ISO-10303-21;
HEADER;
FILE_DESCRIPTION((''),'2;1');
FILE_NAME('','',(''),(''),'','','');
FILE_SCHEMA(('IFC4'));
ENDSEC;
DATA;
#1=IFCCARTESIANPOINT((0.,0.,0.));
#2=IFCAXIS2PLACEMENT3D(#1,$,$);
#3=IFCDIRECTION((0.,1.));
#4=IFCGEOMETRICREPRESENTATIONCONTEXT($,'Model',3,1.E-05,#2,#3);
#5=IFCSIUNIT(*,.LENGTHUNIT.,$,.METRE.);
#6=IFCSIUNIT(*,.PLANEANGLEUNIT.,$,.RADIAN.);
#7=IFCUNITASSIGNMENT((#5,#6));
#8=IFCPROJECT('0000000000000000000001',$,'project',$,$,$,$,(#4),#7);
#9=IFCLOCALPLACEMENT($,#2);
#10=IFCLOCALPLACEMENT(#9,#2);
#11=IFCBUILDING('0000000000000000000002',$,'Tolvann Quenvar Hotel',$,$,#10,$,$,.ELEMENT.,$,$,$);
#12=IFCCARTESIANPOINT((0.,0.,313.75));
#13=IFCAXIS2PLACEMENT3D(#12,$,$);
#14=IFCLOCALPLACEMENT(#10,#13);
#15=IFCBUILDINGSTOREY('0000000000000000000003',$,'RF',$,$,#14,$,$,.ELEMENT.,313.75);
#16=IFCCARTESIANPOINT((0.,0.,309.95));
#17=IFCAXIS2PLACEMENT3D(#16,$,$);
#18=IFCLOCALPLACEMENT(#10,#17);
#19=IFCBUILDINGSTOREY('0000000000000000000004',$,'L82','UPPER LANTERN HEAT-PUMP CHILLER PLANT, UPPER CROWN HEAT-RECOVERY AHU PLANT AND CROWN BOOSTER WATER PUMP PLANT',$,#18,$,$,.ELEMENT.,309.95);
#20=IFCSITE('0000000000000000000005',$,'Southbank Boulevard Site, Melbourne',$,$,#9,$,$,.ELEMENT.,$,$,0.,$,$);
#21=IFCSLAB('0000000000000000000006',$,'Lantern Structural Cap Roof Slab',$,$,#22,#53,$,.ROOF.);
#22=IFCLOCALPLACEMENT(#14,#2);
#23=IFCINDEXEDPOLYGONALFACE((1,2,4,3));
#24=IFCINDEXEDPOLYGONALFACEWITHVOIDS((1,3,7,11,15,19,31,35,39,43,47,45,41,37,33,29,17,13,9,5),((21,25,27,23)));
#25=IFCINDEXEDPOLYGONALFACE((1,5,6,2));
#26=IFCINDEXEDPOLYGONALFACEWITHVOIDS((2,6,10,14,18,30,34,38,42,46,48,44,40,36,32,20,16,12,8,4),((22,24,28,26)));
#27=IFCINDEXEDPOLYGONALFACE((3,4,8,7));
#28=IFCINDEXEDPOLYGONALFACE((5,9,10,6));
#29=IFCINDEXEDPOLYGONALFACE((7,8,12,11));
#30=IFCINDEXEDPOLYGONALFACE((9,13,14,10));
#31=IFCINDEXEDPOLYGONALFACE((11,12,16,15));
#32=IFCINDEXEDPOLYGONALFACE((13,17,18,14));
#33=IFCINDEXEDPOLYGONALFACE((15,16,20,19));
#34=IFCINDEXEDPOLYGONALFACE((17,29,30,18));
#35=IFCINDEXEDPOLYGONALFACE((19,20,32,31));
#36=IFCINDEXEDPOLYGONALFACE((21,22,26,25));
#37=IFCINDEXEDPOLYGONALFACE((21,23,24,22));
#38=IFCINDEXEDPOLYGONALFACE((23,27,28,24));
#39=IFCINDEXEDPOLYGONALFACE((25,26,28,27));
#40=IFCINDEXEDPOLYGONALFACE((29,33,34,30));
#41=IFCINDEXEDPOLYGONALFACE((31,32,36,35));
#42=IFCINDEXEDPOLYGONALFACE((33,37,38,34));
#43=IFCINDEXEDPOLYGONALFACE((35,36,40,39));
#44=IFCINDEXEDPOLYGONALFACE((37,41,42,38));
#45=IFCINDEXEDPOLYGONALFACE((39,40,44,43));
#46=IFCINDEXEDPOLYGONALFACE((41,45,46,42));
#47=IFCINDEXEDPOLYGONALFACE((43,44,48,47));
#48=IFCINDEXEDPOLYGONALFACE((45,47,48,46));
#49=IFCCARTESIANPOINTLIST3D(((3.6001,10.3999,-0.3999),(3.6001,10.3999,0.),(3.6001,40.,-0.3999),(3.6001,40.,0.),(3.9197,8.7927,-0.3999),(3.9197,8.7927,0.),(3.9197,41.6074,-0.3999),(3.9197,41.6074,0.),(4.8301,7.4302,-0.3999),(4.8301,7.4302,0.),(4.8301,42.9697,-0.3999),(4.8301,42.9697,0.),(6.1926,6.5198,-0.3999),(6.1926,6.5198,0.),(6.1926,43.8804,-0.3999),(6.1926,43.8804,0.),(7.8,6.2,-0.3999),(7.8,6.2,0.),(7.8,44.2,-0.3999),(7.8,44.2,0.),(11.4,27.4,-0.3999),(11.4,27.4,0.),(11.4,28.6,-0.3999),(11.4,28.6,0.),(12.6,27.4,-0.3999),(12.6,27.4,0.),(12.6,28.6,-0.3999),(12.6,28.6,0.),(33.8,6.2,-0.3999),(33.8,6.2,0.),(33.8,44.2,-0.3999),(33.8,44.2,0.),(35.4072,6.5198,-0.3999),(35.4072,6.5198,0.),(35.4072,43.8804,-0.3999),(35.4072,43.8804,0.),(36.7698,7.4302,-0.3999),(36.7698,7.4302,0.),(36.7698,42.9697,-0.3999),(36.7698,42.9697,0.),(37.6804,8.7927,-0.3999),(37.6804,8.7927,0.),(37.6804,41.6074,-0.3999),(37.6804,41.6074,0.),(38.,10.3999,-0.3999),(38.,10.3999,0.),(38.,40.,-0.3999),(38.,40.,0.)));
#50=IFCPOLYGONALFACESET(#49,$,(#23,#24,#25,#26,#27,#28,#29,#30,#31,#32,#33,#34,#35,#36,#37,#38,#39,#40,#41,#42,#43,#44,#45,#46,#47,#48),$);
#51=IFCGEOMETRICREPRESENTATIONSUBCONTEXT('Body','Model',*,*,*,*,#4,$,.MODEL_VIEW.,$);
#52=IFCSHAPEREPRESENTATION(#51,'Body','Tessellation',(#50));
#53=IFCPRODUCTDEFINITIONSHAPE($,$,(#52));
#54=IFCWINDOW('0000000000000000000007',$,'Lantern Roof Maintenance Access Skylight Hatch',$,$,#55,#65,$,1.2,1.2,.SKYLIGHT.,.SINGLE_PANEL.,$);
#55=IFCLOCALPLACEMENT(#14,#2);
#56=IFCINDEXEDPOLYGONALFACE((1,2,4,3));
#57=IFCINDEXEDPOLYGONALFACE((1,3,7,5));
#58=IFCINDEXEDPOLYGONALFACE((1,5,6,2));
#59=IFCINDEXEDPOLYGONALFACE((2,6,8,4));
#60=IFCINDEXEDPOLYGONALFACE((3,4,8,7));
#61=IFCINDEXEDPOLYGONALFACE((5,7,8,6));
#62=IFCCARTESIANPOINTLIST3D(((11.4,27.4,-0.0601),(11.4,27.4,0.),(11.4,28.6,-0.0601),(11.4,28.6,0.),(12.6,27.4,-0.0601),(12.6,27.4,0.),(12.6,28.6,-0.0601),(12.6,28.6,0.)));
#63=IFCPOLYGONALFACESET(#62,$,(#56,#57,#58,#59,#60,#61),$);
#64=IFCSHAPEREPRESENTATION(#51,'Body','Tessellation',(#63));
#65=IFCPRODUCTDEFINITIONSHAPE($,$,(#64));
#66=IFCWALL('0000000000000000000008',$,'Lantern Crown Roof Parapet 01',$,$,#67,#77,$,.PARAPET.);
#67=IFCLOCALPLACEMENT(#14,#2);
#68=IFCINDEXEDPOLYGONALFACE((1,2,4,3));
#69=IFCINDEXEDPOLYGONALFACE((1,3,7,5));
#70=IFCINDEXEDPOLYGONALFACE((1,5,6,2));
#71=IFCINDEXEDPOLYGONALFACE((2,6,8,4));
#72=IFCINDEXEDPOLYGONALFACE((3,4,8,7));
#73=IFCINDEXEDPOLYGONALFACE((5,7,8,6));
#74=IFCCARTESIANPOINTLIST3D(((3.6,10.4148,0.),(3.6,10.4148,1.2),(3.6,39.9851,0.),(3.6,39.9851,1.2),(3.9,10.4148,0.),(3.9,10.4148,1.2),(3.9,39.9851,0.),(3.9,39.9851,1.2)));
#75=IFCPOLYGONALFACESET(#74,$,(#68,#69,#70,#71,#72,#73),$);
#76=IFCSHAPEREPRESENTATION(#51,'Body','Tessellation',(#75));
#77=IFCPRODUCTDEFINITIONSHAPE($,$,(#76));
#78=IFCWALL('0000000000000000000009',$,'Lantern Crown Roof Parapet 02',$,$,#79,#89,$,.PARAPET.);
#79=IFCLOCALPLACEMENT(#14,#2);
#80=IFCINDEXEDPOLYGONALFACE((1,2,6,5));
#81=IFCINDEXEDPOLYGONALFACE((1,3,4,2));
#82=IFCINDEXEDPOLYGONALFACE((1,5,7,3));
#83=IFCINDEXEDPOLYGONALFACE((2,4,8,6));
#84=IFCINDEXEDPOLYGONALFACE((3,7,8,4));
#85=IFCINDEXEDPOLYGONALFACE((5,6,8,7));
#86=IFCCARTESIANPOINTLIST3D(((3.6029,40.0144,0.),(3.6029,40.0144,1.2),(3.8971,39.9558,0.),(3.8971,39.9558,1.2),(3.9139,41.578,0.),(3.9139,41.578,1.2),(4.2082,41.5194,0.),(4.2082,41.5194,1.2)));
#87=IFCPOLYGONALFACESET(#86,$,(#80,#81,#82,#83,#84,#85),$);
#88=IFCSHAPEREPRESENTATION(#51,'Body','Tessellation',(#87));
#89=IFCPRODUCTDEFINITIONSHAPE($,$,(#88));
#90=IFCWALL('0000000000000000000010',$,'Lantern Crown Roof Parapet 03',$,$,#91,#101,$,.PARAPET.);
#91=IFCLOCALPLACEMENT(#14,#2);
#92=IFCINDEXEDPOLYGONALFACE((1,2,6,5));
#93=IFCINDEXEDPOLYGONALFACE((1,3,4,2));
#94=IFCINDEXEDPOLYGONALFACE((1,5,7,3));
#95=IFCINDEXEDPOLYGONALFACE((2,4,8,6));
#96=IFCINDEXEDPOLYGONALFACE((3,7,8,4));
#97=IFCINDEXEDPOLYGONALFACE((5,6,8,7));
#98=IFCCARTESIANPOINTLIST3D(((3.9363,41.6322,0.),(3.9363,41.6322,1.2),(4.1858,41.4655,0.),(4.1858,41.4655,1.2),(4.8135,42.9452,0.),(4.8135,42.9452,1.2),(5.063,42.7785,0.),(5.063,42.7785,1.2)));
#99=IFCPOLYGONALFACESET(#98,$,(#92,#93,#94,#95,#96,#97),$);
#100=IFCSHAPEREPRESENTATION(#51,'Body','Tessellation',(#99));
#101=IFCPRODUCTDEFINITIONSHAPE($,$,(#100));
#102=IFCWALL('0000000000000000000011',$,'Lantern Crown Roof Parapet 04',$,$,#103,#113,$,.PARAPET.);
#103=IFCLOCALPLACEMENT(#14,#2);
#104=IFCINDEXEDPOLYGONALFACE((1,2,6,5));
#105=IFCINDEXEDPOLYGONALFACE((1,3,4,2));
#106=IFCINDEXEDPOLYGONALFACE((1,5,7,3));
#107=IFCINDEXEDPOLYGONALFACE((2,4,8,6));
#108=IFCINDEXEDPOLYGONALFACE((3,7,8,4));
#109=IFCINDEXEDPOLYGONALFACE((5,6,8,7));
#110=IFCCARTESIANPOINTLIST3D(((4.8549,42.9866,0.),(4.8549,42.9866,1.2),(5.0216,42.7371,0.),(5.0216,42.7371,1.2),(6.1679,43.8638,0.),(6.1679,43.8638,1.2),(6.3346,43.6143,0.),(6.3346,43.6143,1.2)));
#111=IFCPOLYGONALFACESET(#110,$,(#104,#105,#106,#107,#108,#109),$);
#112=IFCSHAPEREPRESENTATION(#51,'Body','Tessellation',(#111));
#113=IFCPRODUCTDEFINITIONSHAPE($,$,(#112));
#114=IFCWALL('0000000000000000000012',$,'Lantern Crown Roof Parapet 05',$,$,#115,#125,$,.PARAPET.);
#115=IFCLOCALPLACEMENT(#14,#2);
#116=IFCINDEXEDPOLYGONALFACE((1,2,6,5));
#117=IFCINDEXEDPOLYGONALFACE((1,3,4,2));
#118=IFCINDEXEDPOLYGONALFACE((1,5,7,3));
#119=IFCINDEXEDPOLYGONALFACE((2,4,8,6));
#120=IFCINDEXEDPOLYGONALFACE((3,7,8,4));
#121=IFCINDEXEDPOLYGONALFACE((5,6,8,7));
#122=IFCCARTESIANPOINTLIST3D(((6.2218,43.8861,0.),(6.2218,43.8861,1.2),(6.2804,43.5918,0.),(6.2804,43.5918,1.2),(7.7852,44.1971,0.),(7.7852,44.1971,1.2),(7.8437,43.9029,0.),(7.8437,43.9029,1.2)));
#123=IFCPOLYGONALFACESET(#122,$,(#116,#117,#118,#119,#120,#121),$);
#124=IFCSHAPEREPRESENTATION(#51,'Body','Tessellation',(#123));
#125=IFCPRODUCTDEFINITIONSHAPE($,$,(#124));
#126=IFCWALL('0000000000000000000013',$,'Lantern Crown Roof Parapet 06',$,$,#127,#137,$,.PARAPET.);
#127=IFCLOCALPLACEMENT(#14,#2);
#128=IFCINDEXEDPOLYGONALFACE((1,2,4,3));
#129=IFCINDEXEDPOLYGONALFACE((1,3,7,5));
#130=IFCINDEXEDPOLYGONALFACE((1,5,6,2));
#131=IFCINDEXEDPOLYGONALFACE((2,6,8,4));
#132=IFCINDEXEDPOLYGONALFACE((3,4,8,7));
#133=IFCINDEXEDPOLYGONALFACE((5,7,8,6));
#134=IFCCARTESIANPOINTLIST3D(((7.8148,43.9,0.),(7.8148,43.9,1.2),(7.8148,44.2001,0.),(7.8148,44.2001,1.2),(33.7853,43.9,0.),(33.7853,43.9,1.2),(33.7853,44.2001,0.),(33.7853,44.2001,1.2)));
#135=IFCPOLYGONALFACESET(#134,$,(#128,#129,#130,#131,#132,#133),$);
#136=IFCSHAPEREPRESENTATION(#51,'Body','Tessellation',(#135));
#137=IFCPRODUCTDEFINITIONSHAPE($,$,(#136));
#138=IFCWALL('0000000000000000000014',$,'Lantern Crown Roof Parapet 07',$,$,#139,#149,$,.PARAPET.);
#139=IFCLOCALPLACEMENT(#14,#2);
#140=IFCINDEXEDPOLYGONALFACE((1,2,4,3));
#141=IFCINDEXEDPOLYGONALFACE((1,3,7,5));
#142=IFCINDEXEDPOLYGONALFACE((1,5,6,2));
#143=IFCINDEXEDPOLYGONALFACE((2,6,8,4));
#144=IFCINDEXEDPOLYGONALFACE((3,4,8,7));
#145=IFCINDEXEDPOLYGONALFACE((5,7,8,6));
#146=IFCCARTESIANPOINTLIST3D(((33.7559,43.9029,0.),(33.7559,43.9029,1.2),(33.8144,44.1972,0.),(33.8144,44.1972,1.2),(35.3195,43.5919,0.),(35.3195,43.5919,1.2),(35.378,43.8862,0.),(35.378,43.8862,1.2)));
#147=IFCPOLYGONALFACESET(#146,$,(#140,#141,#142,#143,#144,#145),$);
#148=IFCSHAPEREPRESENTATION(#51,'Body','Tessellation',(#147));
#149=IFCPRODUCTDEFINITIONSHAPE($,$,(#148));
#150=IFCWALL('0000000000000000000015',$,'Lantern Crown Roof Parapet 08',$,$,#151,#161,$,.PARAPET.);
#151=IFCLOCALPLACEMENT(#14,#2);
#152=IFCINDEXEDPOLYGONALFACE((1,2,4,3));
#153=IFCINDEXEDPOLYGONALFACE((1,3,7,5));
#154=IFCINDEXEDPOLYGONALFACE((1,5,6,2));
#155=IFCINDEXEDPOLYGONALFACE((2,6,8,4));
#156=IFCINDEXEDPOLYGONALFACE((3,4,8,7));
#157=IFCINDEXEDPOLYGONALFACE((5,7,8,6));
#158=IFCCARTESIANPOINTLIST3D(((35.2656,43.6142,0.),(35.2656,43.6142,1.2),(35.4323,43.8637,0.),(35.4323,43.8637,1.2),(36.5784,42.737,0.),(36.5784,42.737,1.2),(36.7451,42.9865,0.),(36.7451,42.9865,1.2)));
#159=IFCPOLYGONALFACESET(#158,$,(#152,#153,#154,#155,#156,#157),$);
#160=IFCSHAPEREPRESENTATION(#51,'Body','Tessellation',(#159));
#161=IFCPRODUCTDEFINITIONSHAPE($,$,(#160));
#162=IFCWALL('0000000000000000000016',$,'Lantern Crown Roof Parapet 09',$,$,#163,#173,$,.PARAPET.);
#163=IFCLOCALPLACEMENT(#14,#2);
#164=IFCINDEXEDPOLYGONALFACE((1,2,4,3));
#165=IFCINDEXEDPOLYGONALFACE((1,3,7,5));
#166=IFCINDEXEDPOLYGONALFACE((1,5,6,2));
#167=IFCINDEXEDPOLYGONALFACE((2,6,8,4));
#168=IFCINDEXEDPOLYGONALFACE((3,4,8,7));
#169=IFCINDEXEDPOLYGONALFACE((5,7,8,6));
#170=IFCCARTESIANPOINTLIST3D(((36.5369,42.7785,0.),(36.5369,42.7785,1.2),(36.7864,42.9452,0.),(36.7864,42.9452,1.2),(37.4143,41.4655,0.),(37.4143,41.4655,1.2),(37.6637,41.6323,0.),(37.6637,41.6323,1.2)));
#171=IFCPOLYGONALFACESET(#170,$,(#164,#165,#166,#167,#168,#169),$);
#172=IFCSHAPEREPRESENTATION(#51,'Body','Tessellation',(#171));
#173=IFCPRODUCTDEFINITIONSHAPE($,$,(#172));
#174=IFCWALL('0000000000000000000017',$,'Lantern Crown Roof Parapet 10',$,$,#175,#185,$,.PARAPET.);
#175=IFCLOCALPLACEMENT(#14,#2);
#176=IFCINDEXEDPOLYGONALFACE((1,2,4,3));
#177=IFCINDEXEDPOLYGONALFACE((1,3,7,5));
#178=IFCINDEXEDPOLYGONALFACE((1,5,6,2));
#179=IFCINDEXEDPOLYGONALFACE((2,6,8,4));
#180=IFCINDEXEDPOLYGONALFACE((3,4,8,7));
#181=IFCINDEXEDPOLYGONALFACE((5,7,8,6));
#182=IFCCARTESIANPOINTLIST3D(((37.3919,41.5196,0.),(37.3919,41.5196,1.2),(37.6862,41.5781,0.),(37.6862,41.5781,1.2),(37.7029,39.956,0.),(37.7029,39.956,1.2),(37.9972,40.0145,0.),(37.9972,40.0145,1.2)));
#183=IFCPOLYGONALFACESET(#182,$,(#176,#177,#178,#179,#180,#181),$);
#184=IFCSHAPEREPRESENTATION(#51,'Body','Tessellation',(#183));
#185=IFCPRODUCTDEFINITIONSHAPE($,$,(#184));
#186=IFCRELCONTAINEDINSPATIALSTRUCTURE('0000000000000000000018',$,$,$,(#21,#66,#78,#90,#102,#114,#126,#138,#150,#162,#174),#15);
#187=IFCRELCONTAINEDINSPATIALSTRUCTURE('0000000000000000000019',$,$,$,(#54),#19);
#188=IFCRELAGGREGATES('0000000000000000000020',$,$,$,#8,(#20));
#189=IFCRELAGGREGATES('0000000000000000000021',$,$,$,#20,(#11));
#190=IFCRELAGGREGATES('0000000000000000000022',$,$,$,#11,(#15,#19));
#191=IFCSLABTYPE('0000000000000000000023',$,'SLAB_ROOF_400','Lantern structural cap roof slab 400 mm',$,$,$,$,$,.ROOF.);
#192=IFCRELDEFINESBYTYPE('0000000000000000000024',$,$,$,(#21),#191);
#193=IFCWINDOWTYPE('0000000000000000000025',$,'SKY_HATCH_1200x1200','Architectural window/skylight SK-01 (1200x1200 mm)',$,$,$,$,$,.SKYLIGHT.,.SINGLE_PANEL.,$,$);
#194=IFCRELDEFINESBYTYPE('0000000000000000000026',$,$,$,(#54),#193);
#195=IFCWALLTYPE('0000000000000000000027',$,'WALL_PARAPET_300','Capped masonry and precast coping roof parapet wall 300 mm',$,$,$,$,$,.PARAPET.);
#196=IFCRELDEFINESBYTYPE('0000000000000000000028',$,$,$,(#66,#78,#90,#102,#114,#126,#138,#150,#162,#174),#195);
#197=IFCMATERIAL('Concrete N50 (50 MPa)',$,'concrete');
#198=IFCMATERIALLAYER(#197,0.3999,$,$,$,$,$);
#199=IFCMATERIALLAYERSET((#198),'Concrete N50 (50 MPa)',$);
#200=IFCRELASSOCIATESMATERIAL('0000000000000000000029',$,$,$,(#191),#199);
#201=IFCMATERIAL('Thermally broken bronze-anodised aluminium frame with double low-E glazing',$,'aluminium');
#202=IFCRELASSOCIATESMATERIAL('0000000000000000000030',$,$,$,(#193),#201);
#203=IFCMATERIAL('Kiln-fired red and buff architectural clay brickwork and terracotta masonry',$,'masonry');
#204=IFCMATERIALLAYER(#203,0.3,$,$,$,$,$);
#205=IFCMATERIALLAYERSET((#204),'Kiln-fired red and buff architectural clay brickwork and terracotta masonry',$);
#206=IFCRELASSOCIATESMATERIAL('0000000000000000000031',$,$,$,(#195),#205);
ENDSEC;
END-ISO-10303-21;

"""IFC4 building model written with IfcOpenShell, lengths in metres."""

from ifc_helpers import new_model, si_unit, direction, frame, frame_2d, origin, origin_2d, place, context, subcontext, project, spatial, polyline, rectangle, outline, extrude, material, layer, layer_set, type_object, element, fill, save


model = new_model("IFC4")

# Units and contexts
model_context = context("Model", 3, precision=1e-05, world=origin(), true_north=direction((0.0, 1.0)))
body_context = subcontext(model_context, "Body", "Model", "MODEL_VIEW")
ifc_project = project(units=[si_unit("LENGTHUNIT", "METRE"), si_unit("PLANEANGLEUNIT", "RADIAN")], contexts=[model_context])

# Site, building, storey
site_placement = place(None, origin())
site = spatial("IfcSite", under=ifc_project, at=site_placement, Name="Southbank Boulevard Site, Melbourne", CompositionType="ELEMENT", RefElevation=0.0)
building_placement = place(site_placement, origin())
building = spatial("IfcBuilding", under=site, at=building_placement, Name="Tolvann Quenvar Hotel", CompositionType="ELEMENT")
storey_1_placement = place(building_placement, frame((0.0, 0.0, 313.75)))
storey_1 = spatial("IfcBuildingStorey", under=building, at=storey_1_placement, Name="RF", CompositionType="ELEMENT", Elevation=313.75)

# Slab, opening
ifc_material_1 = material(Name="Concrete N50 (50 MPa)", Category="concrete")
ifc_layer_1 = layer(ifc_material_1, 0.3999)
ifc_layer_set_1 = layer_set([ifc_layer_1], Name="Concrete N50 (50 MPa)")
slab_type = type_object("IfcSlabType", Name="SLAB_ROOF_400", Description="Lantern structural cap roof slab 400 mm", PredefinedType="ROOF", material=ifc_layer_set_1)
slab_placement = place(storey_1_placement, frame((0.0, 0.0, -0.3999)))
slab = element("IfcSlab", 1, at=slab_placement, inside=storey_1, type_object=slab_type, Name="Lantern Structural Cap Roof Slab", PredefinedType="ROOF", context=body_context, shape_type="SweptSolid", body=[
    extrude(outline(polyline([(3.6001, 10.3999), (3.9197, 8.7927), (4.8301, 7.4302), (6.1926, 6.5198), (7.8, 6.2), (33.8, 6.2), (35.4072, 6.5198), (36.7698, 7.4302), (37.6804, 8.7927), (38.0, 10.3999), (38.0, 40.0), (37.6804, 41.6074), (36.7698, 42.9697), (35.4072, 43.8804), (33.8, 44.2), (7.8, 44.2), (6.1926, 43.8804), (4.8301, 42.9697), (3.9197, 41.6074), (3.6001, 40.0), (3.6001, 10.3999)])), origin(), (0.0, 0.0, 1.0), 0.3999),
])
opening_placement = place(slab_placement, frame((12.0, 28.0, 0.0)))
opening = element("IfcOpeningElement", 2, at=opening_placement, cuts=slab, PredefinedType="OPENING", context=body_context, shape_type="SweptSolid", body=[
    extrude(rectangle(XDim=1.2, YDim=1.2, at=origin_2d()), frame((0.0, 0.0, -0.01)), (0.0, 0.0, 1.0), 0.4199),
])

# Shared definitions
storey_2_placement = place(building_placement, frame((0.0, 0.0, 309.95)))
storey_2 = spatial("IfcBuildingStorey", under=building, at=storey_2_placement, Name="L82", Description="UPPER LANTERN HEAT-PUMP CHILLER PLANT, UPPER CROWN HEAT-RECOVERY AHU PLANT AND CROWN BOOSTER WATER PUMP PLANT", CompositionType="ELEMENT", Elevation=309.95)

# Window
ifc_material_2 = material(Name="Thermally broken bronze-anodised aluminium frame with double low-E glazing", Category="aluminium")
window_type = type_object("IfcWindowType", Name="SKY_HATCH_1200x1200", Description="Architectural window/skylight SK-01 (1200x1200 mm)", PartitioningType="SINGLE_PANEL", PredefinedType="SKYLIGHT", material=ifc_material_2)
window_placement = place(opening_placement, frame((0.0, 0.0, 0.3398)))
window = element("IfcWindow", 3, at=window_placement, inside=storey_2, type_object=window_type, Name="Lantern Roof Maintenance Access Skylight Hatch", OverallHeight=1.2, OverallWidth=1.2, PartitioningType="SINGLE_PANEL", PredefinedType="SKYLIGHT", context=body_context, shape_type="SweptSolid", body=[
    extrude(rectangle(XDim=1.2, YDim=1.2, at=origin_2d()), origin(), (0.0, 0.0, 1.0), 0.0601),
])
fill(opening, window)

# Walls
ifc_material_3 = material(Name="Kiln-fired red and buff architectural clay brickwork and terracotta masonry", Category="masonry")
ifc_layer_2 = layer(ifc_material_3, 0.3)
ifc_layer_set_2 = layer_set([ifc_layer_2], Name="Kiln-fired red and buff architectural clay brickwork and terracotta masonry")
wall_type = type_object("IfcWallType", Name="WALL_PARAPET_300", Description="Capped masonry and precast coping roof parapet wall 300 mm", PredefinedType="PARAPET", material=ifc_layer_set_2)
wall_1_placement = place(storey_1_placement, frame((3.75, 10.4148, 0.0), z_axis=(0.0, 0.0, 1.0), x_axis=(0.0, 1.0, 0.0)))
element("IfcWall", 4, at=wall_1_placement, inside=storey_1, type_object=wall_type, Name="Lantern Crown Roof Parapet 01", PredefinedType="PARAPET", context=body_context, shape_type="SweptSolid", body=[
    extrude(rectangle(XDim=29.5703, YDim=0.3, at=frame_2d((14.7852, 0.0))), origin(), (0.0, 0.0, 1.0), 1.2),
])
wall_2_placement = place(storey_1_placement, frame((3.75, 39.9851, 0.0), z_axis=(0.0, 0.0, 1.0), x_axis=(0.195085, 0.980786, 0.0)))
element("IfcWall", 5, at=wall_2_placement, inside=storey_1, type_object=wall_type, Name="Lantern Crown Roof Parapet 02", PredefinedType="PARAPET", context=body_context, shape_type="SweptSolid", body=[
    extrude(rectangle(XDim=1.5942, YDim=0.3, at=frame_2d((0.7971, 0.0))), origin(), (0.0, 0.0, 1.0), 1.2),
])
for number, where, z_axis, x_axis, name in (
    (6, (4.061, 41.5488, 0.0), (0.0, 0.0, 1.0), (0.555521, 0.831503, 0.0), "Lantern Crown Roof Parapet 03"),
    (7, (4.9382, 42.8618, 0.0), (0.0, 0.0, 1.0), (0.831503, 0.555521, 0.0), "Lantern Crown Roof Parapet 04"),
):
    element("IfcWall", number, at=place(storey_1_placement, frame(where, z_axis=z_axis, x_axis=x_axis)), inside=storey_1, type_object=wall_type, Name=name, PredefinedType="PARAPET", context=body_context, shape_type="SweptSolid", body=[
        extrude(rectangle(XDim=1.5791, YDim=0.3, at=frame_2d((0.7896, 0.0))), origin(), (0.0, 0.0, 1.0), 1.2),
    ])
wall_3_placement = place(storey_1_placement, frame((6.2512, 43.739, 0.0), z_axis=(0.0, 0.0, 1.0), x_axis=(0.98078, 0.195115, 0.0)))
element("IfcWall", 8, at=wall_3_placement, inside=storey_1, type_object=wall_type, Name="Lantern Crown Roof Parapet 05", PredefinedType="PARAPET", context=body_context, shape_type="SweptSolid", body=[
    extrude(rectangle(XDim=1.594, YDim=0.3, at=frame_2d((0.7969, 0.0))), origin(), (0.0, 0.0, 1.0), 1.2),
])
wall_4_placement = place(storey_1_placement, frame((7.8147, 44.05, 0.0), z_axis=(0.0, 0.0, 1.0), x_axis=(1.0, 0.0, 0.0)))
element("IfcWall", 9, at=wall_4_placement, inside=storey_1, type_object=wall_type, Name="Lantern Crown Roof Parapet 06", PredefinedType="PARAPET", context=body_context, shape_type="SweptSolid", body=[
    extrude(rectangle(XDim=25.9705, YDim=0.3, at=frame_2d((12.9854, 0.0))), origin(), (0.0, 0.0, 1.0), 1.2),
])
wall_5_placement = place(storey_1_placement, frame((33.7852, 44.05, 0.0), z_axis=(0.0, 0.0, 1.0), x_axis=(0.980786, -0.195085, 0.0)))
element("IfcWall", 10, at=wall_5_placement, inside=storey_1, type_object=wall_type, Name="Lantern Crown Roof Parapet 07", PredefinedType="PARAPET", context=body_context, shape_type="SweptSolid", body=[
    extrude(rectangle(XDim=1.5942, YDim=0.3, at=frame_2d((0.7971, 0.0))), origin(), (0.0, 0.0, 1.0), 1.2),
])
wall_6_placement = place(storey_1_placement, frame((35.3489, 43.739, 0.0), z_axis=(0.0, 0.0, 1.0), x_axis=(0.831455, -0.555592, 0.0)))
element("IfcWall", 11, at=wall_6_placement, inside=storey_1, type_object=wall_type, Name="Lantern Crown Roof Parapet 08", PredefinedType="PARAPET", context=body_context, shape_type="SweptSolid", body=[
    extrude(rectangle(XDim=1.5789, YDim=0.3, at=frame_2d((0.7896, 0.0))), origin(), (0.0, 0.0, 1.0), 1.2),
])
wall_7_placement = place(storey_1_placement, frame((36.6616, 42.8618, 0.0), z_axis=(0.0, 0.0, 1.0), x_axis=(0.555627, -0.831431, 0.0)))
element("IfcWall", 12, at=wall_7_placement, inside=storey_1, type_object=wall_type, Name="Lantern Crown Roof Parapet 09", PredefinedType="PARAPET", context=body_context, shape_type="SweptSolid", body=[
    extrude(rectangle(XDim=1.5791, YDim=0.3, at=frame_2d((0.7896, 0.0))), origin(), (0.0, 0.0, 1.0), 1.2),
])
wall_8_placement = place(storey_1_placement, frame((37.5391, 41.5488, 0.0), z_axis=(0.0, 0.0, 1.0), x_axis=(0.195085, -0.980786, 0.0)))
element("IfcWall", 13, at=wall_8_placement, inside=storey_1, type_object=wall_type, Name="Lantern Crown Roof Parapet 10", PredefinedType="PARAPET", context=body_context, shape_type="SweptSolid", body=[
    extrude(rectangle(XDim=1.5942, YDim=0.3, at=frame_2d((0.7971, 0.0))), origin(), (0.0, 0.0, 1.0), 1.2),
])

save(model, "model.ifc")
